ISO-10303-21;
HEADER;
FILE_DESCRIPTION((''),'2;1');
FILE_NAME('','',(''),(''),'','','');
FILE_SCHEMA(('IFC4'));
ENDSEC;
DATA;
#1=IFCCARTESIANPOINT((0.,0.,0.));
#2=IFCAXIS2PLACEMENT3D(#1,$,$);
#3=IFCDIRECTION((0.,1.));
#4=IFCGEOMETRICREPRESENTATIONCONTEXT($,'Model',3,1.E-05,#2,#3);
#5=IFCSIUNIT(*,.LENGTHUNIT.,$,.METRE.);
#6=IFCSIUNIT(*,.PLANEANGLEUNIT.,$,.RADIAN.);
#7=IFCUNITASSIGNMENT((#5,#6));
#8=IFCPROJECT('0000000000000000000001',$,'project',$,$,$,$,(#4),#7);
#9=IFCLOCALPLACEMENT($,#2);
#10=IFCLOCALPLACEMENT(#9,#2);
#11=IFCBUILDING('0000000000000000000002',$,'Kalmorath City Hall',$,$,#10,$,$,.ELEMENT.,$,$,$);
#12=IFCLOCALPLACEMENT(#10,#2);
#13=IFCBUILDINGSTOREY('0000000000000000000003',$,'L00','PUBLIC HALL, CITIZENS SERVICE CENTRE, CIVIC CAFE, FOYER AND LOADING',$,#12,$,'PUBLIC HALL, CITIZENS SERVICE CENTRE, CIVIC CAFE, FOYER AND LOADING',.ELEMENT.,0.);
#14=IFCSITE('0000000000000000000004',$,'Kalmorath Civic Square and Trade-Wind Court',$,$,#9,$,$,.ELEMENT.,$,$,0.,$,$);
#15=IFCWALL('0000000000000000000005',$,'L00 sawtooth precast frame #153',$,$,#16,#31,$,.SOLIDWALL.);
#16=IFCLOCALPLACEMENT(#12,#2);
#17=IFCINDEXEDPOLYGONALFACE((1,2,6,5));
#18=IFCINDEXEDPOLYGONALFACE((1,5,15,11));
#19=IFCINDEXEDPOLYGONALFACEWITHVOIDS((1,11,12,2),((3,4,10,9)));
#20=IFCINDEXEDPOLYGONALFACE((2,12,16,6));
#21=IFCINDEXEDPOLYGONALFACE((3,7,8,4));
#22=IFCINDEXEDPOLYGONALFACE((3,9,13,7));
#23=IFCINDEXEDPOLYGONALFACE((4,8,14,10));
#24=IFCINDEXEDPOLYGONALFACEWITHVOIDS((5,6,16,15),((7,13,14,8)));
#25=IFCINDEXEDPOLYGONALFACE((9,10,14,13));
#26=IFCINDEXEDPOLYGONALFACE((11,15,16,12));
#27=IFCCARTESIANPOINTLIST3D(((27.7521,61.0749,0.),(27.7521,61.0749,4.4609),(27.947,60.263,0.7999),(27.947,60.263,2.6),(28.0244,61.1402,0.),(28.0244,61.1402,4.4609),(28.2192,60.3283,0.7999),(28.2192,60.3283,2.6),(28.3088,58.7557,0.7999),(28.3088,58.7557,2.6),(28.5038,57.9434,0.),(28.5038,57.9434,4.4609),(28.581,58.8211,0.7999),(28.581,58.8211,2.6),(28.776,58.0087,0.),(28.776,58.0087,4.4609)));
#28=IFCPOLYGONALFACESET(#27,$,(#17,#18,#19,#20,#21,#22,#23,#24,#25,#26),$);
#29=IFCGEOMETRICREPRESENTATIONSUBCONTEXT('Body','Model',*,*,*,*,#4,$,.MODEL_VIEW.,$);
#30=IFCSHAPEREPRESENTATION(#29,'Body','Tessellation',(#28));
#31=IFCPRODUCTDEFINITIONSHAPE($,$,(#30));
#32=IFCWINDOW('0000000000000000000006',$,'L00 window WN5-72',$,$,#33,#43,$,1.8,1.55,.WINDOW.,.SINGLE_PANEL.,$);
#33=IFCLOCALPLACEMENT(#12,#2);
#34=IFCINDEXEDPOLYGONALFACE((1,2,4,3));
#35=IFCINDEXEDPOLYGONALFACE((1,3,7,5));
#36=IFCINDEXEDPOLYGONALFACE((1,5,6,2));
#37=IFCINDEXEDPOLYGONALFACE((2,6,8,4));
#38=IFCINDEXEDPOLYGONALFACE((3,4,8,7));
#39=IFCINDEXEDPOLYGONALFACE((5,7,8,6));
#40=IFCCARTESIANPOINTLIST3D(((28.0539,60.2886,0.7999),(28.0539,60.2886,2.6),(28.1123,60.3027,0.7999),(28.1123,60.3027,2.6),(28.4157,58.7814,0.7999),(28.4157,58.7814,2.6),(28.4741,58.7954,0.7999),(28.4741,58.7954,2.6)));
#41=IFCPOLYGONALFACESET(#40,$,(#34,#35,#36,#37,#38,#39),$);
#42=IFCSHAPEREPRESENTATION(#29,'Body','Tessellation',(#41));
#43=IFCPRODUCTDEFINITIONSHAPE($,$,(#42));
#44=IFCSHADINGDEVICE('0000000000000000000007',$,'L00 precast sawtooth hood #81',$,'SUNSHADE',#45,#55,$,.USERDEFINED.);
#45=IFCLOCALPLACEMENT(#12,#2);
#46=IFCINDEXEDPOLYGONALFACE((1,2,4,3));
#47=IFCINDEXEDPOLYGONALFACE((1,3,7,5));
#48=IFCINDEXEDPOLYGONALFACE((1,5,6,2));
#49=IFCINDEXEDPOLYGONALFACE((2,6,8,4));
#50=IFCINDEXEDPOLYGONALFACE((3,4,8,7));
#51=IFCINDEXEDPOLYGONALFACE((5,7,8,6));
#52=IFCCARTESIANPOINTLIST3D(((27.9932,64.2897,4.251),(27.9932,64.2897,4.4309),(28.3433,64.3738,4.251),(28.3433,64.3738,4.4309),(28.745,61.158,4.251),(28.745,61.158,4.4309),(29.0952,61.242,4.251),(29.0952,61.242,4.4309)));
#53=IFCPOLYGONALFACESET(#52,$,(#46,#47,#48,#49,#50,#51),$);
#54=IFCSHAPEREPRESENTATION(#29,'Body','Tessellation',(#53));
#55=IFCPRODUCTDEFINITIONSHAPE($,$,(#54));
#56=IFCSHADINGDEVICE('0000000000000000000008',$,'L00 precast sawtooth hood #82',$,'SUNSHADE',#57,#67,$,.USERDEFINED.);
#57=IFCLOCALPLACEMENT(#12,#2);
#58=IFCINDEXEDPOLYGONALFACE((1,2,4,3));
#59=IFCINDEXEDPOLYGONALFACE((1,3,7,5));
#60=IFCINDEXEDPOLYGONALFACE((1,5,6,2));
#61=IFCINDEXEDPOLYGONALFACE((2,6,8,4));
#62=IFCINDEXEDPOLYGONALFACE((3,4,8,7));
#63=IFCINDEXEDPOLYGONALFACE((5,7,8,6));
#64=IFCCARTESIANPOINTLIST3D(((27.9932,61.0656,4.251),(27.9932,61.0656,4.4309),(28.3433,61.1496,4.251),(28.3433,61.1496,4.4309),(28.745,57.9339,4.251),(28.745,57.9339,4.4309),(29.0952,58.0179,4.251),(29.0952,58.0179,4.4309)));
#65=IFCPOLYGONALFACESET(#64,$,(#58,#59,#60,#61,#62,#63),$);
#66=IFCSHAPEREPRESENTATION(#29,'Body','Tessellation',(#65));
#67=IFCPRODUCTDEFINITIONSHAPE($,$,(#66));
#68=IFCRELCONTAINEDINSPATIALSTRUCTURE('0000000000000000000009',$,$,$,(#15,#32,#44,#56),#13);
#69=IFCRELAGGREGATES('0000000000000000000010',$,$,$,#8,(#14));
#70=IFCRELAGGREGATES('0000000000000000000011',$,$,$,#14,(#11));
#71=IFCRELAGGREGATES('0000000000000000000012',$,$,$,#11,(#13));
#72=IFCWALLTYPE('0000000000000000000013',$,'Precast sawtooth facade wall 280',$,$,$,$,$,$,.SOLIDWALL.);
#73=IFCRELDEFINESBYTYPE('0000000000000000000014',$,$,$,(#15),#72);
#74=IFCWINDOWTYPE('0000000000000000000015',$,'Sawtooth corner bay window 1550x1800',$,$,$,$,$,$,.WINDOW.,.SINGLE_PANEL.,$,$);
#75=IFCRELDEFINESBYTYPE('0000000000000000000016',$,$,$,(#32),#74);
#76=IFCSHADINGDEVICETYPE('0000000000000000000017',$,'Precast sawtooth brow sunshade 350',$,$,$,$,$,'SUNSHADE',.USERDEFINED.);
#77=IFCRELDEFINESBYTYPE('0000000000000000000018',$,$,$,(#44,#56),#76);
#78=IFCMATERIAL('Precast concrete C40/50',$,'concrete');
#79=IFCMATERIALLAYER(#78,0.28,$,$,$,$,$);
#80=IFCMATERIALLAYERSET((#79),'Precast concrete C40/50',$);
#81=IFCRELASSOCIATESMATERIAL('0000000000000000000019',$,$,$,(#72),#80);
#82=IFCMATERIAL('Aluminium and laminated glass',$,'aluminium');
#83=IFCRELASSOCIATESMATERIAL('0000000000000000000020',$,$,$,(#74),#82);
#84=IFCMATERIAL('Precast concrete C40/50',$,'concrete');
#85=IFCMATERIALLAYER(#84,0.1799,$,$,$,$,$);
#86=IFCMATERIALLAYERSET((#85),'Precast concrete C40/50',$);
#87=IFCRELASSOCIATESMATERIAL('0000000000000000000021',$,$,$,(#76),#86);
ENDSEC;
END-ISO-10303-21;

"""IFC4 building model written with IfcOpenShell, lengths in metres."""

from ifc_helpers import new_model, si_unit, direction, frame, frame_2d, origin, origin_2d, place, context, subcontext, project, spatial, rectangle, extrude, material, layer, layer_set, type_object, element, fill, save


model = new_model("IFC4")

# Units and contexts
model_context = context("Model", 3, precision=1e-05, world=origin(), true_north=direction((0.0, 1.0)))
body_context = subcontext(model_context, "Body", "Model", "MODEL_VIEW")
ifc_project = project(units=[si_unit("LENGTHUNIT", "METRE"), si_unit("PLANEANGLEUNIT", "RADIAN")], contexts=[model_context])

# Site, building, storey
site_placement = place(None, origin())
site = spatial("IfcSite", under=ifc_project, at=site_placement, Name="Kalmorath Civic Square and Trade-Wind Court", CompositionType="ELEMENT", RefElevation=0.0)
building_placement = place(site_placement, origin())
building = spatial("IfcBuilding", under=site, at=building_placement, Name="Kalmorath City Hall", CompositionType="ELEMENT")
storey_placement = place(building_placement, origin())
storey = spatial("IfcBuildingStorey", under=building, at=storey_placement, Name="L00", Description="PUBLIC HALL, CITIZENS SERVICE CENTRE, CIVIC CAFE, FOYER AND LOADING", LongName="PUBLIC HALL, CITIZENS SERVICE CENTRE, CIVIC CAFE, FOYER AND LOADING", CompositionType="ELEMENT", Elevation=0.0)

# Wall, opening, window
ifc_material_1 = material(Name="Precast concrete C40/50", Category="concrete")
ifc_layer_1 = layer(ifc_material_1, 0.28)
ifc_layer_set_1 = layer_set([ifc_layer_1], Name="Precast concrete C40/50")
wall_type_1 = type_object("IfcWallType", Name="Precast sawtooth facade wall 280", PredefinedType="SOLIDWALL", material=ifc_layer_set_1)
ifc_material_2 = material(Name="Aluminium and laminated glass", Category="aluminium")
window_type = type_object("IfcWindowType", Name="Sawtooth corner bay window 1550x1800", PartitioningType="SINGLE_PANEL", PredefinedType="WINDOW", material=ifc_material_2)
wall_1_placement = place(storey_placement, frame((27.8882, 61.1077, 0.0), z_axis=(0.0, 0.0, 1.0), x_axis=(0.23341, -0.972378, 0.0)))
wall_1 = element("IfcWall", 1, at=wall_1_placement, inside=storey, type_object=wall_type_1, Name="L00 sawtooth precast frame #153", PredefinedType="SOLIDWALL", context=body_context, shape_type="SweptSolid", body=[
    extrude(rectangle(XDim=3.2205, YDim=0.28, at=frame_2d((1.6104, 0.0))), origin(), (0.0, 0.0, 1.0), 4.4609),
])
opening_1_placement = place(wall_1_placement, frame((0.8352, 0.0, 0.8)))
opening_1 = element("IfcOpeningElement", 2, at=opening_1_placement, cuts=wall_1, PredefinedType="OPENING", context=body_context, shape_type="SweptSolid", body=[
    extrude(rectangle(XDim=1.55, YDim=1.8, at=frame_2d((0.7749, 0.8999))), frame((0.0, 0.1499, 0.0), z_axis=(0.0, -1.0, 0.0), x_axis=(1.0, 0.0, 0.0)), (0.0, 0.0, 1.0), 0.3),
])
window_1_placement = place(opening_1_placement, origin())
window_1 = element("IfcWindow", 3, at=window_1_placement, inside=storey, type_object=window_type, Name="L00 window WN5-72", OverallHeight=1.8, OverallWidth=1.55, PartitioningType="SINGLE_PANEL", PredefinedType="WINDOW", context=body_context, shape_type="SweptSolid", body=[
    extrude(rectangle(XDim=1.55, YDim=1.8, at=frame_2d((0.7749, 0.8999))), frame((0.0, 0.03, 0.0), z_axis=(0.0, -1.0, 0.0), x_axis=(1.0, 0.0, 0.0)), (0.0, 0.0, 1.0), 0.0601),
])
fill(opening_1, window_1)

# Shading devices
ifc_material_3 = material(Name="Precast concrete C40/50", Category="concrete")
ifc_layer_2 = layer(ifc_material_3, 0.1799)
ifc_layer_set_2 = layer_set([ifc_layer_2], Name="Precast concrete C40/50")
shading_device_type = type_object("IfcShadingDeviceType", Name="Precast sawtooth brow sunshade 350", ElementType="SUNSHADE", PredefinedType="USERDEFINED", material=ifc_layer_set_2)
for number, where, z_axis, x_axis, name in (
    (4, (28.5442, 62.7659, 4.251), (0.0, 0.0, 1.0), (0.233445, -0.97237, 0.0), "L00 precast sawtooth hood #81"),
    (5, (28.5442, 59.5417, 4.251), (0.0, 0.0, 1.0), (0.233445, -0.97237, 0.0), "L00 precast sawtooth hood #82"),
):
    element("IfcShadingDevice", number, at=place(storey_placement, frame(where, z_axis=z_axis, x_axis=x_axis)), inside=storey, type_object=shading_device_type, Name=name, ObjectType="SUNSHADE", PredefinedType="USERDEFINED", context=body_context, shape_type="SweptSolid", body=[
        extrude(rectangle(XDim=3.2207, YDim=0.3601, at=origin_2d()), origin(), (0.0, 0.0, 1.0), 0.1799),
    ])

save(model, "model.ifc")
